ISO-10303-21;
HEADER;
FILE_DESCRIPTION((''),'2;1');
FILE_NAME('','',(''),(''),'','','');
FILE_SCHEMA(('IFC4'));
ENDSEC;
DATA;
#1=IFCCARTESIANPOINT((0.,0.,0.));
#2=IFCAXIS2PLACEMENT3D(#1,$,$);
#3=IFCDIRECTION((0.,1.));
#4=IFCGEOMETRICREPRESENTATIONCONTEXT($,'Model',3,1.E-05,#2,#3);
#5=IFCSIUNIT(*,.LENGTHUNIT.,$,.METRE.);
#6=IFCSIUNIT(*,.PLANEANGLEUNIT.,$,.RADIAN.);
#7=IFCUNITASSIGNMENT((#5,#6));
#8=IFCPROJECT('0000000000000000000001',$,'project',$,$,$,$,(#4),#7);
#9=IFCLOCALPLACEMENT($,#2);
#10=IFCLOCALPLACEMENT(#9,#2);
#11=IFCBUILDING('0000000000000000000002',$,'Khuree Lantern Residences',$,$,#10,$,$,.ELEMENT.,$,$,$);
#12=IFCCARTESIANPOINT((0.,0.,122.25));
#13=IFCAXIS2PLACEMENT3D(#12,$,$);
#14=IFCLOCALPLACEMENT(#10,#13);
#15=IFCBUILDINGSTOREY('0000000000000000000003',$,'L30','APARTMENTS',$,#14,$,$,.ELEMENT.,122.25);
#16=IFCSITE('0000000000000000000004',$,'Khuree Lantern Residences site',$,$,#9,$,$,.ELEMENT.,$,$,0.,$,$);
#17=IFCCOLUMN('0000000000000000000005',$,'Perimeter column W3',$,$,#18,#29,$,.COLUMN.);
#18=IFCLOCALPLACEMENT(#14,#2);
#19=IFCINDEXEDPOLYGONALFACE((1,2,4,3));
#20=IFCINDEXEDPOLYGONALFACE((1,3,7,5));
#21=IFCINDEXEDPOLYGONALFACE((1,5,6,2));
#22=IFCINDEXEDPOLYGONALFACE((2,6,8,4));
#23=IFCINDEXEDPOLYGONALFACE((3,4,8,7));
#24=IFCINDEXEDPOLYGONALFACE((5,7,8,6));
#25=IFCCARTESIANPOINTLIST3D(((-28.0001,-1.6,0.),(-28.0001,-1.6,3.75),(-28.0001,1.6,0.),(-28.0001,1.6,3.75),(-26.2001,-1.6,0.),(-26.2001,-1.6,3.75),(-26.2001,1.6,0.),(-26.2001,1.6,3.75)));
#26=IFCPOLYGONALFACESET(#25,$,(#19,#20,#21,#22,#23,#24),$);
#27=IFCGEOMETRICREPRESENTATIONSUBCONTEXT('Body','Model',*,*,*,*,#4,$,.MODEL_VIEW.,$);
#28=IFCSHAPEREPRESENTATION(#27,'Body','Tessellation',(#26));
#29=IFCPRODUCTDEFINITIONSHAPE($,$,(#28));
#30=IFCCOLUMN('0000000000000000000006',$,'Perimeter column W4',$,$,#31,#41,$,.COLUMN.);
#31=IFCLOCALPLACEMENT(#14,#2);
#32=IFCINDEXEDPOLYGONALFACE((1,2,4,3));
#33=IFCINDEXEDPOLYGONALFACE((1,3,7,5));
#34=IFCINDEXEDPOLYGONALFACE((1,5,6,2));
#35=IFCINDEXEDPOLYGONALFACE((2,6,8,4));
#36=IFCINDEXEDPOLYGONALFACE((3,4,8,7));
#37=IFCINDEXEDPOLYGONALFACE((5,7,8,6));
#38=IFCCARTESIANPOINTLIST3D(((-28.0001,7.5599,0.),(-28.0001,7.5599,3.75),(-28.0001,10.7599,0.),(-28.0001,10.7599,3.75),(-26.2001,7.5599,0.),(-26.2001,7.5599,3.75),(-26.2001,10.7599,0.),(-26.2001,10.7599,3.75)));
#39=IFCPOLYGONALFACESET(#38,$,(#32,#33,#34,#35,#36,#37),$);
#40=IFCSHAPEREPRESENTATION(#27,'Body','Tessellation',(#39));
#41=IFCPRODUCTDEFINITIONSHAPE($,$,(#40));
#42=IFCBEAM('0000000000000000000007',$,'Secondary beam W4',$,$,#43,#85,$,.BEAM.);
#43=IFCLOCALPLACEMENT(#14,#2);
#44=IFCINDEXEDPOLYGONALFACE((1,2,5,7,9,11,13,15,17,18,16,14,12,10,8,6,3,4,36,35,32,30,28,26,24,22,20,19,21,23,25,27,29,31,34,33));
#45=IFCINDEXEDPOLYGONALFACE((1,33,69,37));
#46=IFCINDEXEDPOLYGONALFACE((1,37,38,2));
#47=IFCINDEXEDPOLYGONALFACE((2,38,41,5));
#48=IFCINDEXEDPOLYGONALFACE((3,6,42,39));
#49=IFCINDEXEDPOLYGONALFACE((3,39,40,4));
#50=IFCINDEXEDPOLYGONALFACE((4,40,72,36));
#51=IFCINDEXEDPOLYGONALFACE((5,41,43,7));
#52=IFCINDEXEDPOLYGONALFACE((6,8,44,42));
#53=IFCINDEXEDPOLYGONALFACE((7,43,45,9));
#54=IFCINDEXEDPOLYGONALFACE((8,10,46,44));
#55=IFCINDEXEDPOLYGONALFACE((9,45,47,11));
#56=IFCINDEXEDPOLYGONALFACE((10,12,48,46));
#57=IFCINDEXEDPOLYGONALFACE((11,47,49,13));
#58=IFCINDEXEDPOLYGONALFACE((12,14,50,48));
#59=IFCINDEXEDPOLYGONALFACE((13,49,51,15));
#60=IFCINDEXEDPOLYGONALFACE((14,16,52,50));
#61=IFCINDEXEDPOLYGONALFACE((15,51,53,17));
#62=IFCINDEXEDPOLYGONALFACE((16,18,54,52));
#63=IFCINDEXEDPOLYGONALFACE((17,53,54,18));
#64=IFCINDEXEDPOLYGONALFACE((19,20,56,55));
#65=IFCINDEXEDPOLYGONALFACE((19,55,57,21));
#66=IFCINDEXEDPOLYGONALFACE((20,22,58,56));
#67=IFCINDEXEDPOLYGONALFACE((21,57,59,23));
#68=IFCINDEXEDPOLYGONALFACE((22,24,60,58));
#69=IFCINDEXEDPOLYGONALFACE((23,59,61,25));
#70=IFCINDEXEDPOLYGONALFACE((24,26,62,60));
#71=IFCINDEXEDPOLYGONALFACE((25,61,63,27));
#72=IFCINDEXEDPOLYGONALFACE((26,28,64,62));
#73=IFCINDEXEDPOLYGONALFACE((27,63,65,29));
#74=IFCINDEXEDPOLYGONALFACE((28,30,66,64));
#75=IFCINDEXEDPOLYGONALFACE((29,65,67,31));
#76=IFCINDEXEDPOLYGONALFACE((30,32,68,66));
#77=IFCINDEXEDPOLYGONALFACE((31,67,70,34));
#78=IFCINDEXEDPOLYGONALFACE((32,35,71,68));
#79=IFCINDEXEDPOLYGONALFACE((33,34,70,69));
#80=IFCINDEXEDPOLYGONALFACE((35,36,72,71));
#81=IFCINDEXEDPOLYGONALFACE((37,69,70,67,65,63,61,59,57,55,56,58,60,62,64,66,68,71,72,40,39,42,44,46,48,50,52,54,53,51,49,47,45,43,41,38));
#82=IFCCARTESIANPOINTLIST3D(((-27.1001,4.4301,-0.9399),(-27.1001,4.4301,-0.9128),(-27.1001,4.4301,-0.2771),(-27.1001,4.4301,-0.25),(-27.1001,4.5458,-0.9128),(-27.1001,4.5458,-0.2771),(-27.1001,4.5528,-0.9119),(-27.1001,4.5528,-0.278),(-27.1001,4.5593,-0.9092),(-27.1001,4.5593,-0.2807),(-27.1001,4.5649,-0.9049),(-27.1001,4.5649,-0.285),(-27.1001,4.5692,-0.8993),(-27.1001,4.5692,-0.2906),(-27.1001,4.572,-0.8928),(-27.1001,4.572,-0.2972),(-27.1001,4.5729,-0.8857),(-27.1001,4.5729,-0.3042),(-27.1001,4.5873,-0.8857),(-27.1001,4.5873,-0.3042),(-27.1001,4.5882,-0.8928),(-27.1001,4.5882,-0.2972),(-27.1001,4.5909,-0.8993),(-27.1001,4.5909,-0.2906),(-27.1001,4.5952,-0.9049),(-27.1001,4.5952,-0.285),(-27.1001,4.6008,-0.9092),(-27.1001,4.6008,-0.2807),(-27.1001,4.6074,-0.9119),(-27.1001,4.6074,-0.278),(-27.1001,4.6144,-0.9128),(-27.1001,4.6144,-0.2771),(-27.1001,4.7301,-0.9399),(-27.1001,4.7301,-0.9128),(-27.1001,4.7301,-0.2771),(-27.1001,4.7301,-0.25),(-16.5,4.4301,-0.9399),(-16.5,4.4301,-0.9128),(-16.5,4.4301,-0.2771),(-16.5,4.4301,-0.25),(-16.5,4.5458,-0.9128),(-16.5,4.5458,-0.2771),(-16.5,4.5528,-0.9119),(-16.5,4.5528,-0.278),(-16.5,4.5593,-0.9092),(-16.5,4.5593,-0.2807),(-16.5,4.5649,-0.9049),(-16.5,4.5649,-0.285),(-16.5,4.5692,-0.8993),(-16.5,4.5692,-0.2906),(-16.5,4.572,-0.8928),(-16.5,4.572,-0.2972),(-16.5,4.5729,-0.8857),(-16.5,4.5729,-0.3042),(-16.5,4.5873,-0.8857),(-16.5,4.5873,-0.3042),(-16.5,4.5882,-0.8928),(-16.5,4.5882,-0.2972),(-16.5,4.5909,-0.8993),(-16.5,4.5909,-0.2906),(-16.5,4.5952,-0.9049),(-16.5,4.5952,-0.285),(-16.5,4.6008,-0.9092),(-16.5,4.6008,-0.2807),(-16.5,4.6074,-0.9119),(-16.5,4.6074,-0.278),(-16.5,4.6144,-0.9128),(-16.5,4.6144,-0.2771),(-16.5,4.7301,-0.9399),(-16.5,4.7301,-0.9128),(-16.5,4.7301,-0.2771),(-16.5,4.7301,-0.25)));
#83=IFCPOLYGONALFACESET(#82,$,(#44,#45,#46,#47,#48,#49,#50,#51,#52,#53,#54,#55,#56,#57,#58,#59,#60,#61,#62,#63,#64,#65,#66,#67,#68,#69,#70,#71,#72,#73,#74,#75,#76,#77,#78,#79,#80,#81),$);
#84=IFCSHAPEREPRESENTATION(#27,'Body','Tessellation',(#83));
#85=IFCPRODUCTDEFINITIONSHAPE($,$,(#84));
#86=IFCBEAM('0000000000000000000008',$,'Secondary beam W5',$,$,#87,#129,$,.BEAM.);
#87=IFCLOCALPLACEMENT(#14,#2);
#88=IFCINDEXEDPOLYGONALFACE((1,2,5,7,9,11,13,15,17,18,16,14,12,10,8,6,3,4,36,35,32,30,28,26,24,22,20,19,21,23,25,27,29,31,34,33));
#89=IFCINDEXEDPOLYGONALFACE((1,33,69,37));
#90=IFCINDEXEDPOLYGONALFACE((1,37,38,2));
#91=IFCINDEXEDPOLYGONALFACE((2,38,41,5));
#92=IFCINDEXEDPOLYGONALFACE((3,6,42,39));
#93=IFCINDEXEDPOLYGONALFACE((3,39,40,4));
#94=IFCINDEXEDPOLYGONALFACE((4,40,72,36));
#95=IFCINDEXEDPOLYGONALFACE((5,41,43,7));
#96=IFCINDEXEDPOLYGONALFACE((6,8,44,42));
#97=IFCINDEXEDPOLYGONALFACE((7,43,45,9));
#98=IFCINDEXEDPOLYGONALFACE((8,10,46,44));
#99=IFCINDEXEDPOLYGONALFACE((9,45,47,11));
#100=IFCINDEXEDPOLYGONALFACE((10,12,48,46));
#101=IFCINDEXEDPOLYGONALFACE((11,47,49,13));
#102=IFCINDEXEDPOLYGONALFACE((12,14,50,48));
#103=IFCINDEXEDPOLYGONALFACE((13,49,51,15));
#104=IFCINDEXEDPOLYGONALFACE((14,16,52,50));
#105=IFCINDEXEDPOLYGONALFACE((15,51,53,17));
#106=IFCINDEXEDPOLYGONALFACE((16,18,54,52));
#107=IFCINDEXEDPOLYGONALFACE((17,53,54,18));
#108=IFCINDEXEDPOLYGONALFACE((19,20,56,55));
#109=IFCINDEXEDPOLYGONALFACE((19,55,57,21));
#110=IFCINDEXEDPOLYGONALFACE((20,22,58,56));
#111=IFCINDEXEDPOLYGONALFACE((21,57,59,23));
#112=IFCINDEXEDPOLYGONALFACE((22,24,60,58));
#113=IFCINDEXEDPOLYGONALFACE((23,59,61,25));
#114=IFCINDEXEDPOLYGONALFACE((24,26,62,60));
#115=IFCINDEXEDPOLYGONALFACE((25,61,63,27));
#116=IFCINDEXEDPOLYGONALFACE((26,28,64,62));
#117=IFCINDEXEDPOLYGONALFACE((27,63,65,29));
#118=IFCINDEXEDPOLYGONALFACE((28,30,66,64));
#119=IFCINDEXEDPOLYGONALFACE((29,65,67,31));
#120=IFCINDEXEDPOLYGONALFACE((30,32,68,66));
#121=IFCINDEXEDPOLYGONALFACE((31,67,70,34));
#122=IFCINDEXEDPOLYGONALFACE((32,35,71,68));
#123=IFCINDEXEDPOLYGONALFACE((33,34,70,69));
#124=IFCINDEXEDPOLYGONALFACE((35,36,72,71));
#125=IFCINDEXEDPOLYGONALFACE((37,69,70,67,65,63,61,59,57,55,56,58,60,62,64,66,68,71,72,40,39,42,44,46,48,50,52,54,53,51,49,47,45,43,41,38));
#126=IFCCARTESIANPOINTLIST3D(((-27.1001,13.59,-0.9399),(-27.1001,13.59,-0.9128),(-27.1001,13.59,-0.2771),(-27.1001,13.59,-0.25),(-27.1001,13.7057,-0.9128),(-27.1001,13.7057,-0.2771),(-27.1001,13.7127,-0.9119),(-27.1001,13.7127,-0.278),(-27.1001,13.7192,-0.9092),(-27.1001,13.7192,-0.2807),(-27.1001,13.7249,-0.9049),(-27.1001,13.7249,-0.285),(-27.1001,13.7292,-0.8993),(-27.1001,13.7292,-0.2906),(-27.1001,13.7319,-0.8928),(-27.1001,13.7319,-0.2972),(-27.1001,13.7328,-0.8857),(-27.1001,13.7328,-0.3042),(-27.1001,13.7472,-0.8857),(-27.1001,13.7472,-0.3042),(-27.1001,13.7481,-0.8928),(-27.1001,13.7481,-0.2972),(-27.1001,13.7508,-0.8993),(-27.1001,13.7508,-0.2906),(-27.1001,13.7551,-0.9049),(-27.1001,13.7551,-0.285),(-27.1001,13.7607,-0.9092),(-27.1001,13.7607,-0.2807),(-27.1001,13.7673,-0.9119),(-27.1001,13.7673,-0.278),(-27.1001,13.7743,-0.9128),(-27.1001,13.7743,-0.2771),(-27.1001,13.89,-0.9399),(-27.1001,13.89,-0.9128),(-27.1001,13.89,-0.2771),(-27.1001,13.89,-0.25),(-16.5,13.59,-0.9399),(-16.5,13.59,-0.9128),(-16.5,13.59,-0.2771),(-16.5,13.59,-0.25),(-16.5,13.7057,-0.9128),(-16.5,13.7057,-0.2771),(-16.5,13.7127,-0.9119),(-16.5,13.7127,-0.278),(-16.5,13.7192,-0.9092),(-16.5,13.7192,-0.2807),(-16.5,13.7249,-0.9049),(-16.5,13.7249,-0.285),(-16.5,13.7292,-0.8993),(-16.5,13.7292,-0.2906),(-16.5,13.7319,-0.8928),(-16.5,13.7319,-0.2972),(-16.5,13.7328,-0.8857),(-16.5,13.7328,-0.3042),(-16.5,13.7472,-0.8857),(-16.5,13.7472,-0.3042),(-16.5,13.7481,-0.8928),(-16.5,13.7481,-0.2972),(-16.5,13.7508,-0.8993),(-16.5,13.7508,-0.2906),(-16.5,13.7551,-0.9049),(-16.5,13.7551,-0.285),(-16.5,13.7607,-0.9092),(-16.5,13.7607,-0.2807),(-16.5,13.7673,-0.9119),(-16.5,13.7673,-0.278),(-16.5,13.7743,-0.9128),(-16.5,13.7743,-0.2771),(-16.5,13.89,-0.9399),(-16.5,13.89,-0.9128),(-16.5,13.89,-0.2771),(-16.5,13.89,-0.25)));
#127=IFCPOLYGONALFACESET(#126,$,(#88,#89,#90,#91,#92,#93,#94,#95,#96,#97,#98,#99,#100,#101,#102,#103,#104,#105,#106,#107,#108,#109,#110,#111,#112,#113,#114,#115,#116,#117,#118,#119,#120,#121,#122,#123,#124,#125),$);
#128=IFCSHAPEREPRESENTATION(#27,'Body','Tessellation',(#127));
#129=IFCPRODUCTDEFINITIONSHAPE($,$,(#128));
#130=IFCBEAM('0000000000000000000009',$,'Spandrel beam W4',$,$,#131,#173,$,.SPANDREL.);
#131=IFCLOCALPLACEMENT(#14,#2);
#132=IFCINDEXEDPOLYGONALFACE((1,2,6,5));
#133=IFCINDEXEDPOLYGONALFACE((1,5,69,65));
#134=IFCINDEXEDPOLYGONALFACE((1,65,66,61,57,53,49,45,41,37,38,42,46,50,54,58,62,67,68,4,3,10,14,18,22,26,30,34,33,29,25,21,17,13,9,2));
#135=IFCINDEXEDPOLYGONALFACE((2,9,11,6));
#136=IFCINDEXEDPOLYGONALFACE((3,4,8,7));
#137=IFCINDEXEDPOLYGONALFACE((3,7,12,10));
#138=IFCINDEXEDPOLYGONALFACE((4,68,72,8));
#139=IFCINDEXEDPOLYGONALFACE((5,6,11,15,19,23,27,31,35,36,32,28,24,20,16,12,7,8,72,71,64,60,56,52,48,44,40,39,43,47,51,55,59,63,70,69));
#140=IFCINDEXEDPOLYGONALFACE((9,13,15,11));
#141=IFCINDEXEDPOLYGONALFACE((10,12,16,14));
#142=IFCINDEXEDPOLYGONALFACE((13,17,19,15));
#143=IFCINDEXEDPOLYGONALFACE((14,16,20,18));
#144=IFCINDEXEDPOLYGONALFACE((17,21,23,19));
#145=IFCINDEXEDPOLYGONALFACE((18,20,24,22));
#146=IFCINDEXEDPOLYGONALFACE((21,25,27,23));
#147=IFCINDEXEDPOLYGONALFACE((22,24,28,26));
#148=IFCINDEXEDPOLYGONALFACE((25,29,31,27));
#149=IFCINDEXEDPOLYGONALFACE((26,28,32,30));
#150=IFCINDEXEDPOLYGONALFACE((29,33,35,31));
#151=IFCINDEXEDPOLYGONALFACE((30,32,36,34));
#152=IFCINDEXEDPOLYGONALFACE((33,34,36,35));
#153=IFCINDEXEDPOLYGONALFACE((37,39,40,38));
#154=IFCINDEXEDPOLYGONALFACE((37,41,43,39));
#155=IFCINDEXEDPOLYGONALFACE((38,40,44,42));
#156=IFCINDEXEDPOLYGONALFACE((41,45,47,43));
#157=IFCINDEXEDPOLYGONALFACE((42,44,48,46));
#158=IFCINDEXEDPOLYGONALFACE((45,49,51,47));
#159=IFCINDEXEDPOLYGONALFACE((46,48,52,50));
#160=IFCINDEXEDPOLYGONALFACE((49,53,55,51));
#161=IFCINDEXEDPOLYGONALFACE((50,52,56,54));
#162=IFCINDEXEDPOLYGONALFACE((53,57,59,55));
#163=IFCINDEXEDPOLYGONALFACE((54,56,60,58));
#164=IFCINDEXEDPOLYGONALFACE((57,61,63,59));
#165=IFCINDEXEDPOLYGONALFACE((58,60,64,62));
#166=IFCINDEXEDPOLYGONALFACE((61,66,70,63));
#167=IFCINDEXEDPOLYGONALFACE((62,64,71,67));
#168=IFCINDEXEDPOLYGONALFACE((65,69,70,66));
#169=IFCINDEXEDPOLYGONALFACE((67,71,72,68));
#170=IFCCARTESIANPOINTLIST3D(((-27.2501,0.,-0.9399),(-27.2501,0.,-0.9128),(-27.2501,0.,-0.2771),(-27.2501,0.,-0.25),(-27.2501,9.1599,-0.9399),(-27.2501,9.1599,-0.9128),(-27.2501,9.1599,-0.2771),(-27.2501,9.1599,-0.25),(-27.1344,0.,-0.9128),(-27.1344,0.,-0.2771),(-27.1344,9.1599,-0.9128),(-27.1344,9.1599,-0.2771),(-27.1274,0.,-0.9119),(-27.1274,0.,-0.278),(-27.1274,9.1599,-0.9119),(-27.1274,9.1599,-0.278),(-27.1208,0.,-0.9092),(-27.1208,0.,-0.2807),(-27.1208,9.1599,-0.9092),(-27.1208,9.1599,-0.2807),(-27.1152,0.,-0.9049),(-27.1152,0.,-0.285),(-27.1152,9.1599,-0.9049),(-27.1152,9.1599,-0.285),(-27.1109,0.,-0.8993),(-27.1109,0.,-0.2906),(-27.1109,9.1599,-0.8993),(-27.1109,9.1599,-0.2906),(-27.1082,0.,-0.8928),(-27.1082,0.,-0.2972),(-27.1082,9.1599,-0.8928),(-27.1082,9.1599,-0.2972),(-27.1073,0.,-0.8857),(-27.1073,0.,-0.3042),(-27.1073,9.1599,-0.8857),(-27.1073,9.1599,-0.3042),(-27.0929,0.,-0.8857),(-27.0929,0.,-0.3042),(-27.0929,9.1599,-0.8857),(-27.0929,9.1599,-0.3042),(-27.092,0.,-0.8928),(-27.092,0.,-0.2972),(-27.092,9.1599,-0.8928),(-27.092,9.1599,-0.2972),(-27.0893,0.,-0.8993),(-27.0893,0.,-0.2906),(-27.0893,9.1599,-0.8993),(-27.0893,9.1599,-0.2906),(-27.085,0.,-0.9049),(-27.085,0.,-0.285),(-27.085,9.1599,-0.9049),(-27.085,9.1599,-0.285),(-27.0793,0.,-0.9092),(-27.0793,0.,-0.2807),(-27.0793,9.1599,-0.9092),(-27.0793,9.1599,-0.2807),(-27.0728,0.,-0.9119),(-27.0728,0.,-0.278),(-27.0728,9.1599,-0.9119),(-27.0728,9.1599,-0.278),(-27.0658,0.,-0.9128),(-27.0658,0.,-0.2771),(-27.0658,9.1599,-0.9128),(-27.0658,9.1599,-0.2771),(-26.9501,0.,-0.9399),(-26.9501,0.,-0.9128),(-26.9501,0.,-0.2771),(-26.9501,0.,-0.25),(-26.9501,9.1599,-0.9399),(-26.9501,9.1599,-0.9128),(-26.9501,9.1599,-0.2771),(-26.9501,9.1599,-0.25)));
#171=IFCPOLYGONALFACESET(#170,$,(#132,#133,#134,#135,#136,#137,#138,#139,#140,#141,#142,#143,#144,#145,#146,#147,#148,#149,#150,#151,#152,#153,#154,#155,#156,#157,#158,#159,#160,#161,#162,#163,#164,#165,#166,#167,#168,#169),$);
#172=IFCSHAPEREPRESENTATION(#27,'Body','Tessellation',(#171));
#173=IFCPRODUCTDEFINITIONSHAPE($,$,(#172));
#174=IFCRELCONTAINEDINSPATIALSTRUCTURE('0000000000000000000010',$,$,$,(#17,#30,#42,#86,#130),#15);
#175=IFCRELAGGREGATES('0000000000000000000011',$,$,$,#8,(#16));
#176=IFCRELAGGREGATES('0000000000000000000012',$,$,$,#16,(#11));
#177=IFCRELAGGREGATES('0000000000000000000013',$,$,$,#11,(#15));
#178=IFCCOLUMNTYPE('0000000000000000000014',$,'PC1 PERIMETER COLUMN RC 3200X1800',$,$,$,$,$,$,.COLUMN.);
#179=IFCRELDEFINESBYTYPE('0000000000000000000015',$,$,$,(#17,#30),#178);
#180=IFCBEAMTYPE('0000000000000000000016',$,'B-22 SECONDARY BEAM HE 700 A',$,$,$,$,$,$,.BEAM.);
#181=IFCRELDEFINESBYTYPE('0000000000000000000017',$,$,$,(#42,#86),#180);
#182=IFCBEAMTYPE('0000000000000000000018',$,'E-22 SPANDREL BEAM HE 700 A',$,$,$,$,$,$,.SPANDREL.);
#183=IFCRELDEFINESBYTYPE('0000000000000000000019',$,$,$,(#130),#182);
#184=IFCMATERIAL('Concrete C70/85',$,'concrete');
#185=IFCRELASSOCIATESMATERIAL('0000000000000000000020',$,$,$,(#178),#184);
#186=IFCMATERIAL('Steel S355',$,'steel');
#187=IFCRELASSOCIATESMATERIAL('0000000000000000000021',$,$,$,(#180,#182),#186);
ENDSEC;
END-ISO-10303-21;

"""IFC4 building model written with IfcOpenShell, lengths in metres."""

from ifc_helpers import new_model, si_unit, direction, frame, origin, origin_2d, place, context, subcontext, project, spatial, rectangle, i_section, extrude, material, material_profile, profile_set, type_object, element, save


model = new_model("IFC4")

# Units and contexts
model_context = context("Model", 3, precision=1e-05, world=origin(), true_north=direction((0.0, 1.0)))
body_context = subcontext(model_context, "Body", "Model", "MODEL_VIEW")
ifc_project = project(units=[si_unit("LENGTHUNIT", "METRE"), si_unit("PLANEANGLEUNIT", "RADIAN")], contexts=[model_context])

# Site, building, storey
site_placement = place(None, origin())
site = spatial("IfcSite", under=ifc_project, at=site_placement, Name="Khuree Lantern Residences site", CompositionType="ELEMENT", RefElevation=0.0)
building_placement = place(site_placement, origin())
building = spatial("IfcBuilding", under=site, at=building_placement, Name="Khuree Lantern Residences", CompositionType="ELEMENT")
storey_placement = place(building_placement, frame((0.0, 0.0, 122.25)))
storey = spatial("IfcBuildingStorey", under=building, at=storey_placement, Name="L30", Description="APARTMENTS", CompositionType="ELEMENT", Elevation=122.25)

# Columns
ifc_material_1 = material(Name="Concrete C70/85", Category="concrete")
ifc_material_profile_1 = material_profile(ifc_material_1, rectangle(XDim=3.2, YDim=1.8, at=origin_2d()), Name="RC 3200X1800")
ifc_profile_set_1 = profile_set([ifc_material_profile_1], Name="Concrete C70/85")
column_type = type_object("IfcColumnType", Name="PC1 PERIMETER COLUMN RC 3200X1800", PredefinedType="COLUMN", material=ifc_profile_set_1)
for number, where, z_axis, x_axis, name in (
    (1, (-27.1001, 0.0, 0.0), (0.0, 0.0, 1.0), (0.0, 1.0, 0.0), "Perimeter column W3"),
    (2, (-27.1001, 9.1599, 0.0), (0.0, 0.0, 1.0), (0.0, 1.0, 0.0), "Perimeter column W4"),
):
    element("IfcColumn", number, at=place(storey_placement, frame(where, z_axis=z_axis, x_axis=x_axis)), inside=storey, type_object=column_type, Name=name, PredefinedType="COLUMN", context=body_context, shape_type="SweptSolid", body=[
        extrude(rectangle(XDim=3.2, YDim=1.8, at=origin_2d()), origin(), (0.0, 0.0, 1.0), 3.75),
    ])

# Beams
ifc_material_2 = material(Name="Steel S355", Category="steel")
ifc_material_profile_2 = material_profile(ifc_material_2, i_section(OverallWidth=0.3, OverallDepth=0.6899, WebThickness=0.0144, FlangeThickness=0.0271, FilletRadius=0.0271, at=origin_2d()), Name="HE 700 A")
ifc_profile_set_2 = profile_set([ifc_material_profile_2], Name="Steel S355")
beam_type_1 = type_object("IfcBeamType", Name="B-22 SECONDARY BEAM HE 700 A", PredefinedType="BEAM", material=ifc_profile_set_2)
for number, where, z_axis, x_axis, name in (
    (3, (-27.1001, 4.5801, -0.595), (1.0, 0.0, 0.0), (0.0, 1.0, 0.0), "Secondary beam W4"),
    (4, (-27.1001, 13.74, -0.595), (1.0, 0.0, 0.0), (0.0, 1.0, 0.0), "Secondary beam W5"),
):
    element("IfcBeam", number, at=place(storey_placement, frame(where, z_axis=z_axis, x_axis=x_axis)), inside=storey, type_object=beam_type_1, Name=name, PredefinedType="BEAM", context=body_context, shape_type="SweptSolid", body=[
        extrude(i_section(OverallWidth=0.3, OverallDepth=0.6899, WebThickness=0.0144, FlangeThickness=0.0271, FilletRadius=0.0271, at=origin_2d()), origin(), (0.0, 0.0, 1.0), 10.6001),
    ])
ifc_material_profile_3 = material_profile(ifc_material_2, i_section(OverallWidth=0.3, OverallDepth=0.6899, WebThickness=0.0144, FlangeThickness=0.0271, FilletRadius=0.0271, at=origin_2d()), Name="HE 700 A")
ifc_profile_set_3 = profile_set([ifc_material_profile_3], Name="Steel S355")
beam_type_2 = type_object("IfcBeamType", Name="E-22 SPANDREL BEAM HE 700 A", PredefinedType="SPANDREL", material=ifc_profile_set_3)
beam_1_placement = place(storey_placement, frame((-27.1001, 0.0, -0.595), z_axis=(0.0, 1.0, 0.0), x_axis=(-1.0, 0.0, 0.0)))
element("IfcBeam", 5, at=beam_1_placement, inside=storey, type_object=beam_type_2, Name="Spandrel beam W4", PredefinedType="SPANDREL", context=body_context, shape_type="SweptSolid", body=[
    extrude(i_section(OverallWidth=0.3, OverallDepth=0.6899, WebThickness=0.0144, FlangeThickness=0.0271, FilletRadius=0.0271, at=origin_2d()), origin(), (0.0, 0.0, 1.0), 9.1599),
])

save(model, "model.ifc")
